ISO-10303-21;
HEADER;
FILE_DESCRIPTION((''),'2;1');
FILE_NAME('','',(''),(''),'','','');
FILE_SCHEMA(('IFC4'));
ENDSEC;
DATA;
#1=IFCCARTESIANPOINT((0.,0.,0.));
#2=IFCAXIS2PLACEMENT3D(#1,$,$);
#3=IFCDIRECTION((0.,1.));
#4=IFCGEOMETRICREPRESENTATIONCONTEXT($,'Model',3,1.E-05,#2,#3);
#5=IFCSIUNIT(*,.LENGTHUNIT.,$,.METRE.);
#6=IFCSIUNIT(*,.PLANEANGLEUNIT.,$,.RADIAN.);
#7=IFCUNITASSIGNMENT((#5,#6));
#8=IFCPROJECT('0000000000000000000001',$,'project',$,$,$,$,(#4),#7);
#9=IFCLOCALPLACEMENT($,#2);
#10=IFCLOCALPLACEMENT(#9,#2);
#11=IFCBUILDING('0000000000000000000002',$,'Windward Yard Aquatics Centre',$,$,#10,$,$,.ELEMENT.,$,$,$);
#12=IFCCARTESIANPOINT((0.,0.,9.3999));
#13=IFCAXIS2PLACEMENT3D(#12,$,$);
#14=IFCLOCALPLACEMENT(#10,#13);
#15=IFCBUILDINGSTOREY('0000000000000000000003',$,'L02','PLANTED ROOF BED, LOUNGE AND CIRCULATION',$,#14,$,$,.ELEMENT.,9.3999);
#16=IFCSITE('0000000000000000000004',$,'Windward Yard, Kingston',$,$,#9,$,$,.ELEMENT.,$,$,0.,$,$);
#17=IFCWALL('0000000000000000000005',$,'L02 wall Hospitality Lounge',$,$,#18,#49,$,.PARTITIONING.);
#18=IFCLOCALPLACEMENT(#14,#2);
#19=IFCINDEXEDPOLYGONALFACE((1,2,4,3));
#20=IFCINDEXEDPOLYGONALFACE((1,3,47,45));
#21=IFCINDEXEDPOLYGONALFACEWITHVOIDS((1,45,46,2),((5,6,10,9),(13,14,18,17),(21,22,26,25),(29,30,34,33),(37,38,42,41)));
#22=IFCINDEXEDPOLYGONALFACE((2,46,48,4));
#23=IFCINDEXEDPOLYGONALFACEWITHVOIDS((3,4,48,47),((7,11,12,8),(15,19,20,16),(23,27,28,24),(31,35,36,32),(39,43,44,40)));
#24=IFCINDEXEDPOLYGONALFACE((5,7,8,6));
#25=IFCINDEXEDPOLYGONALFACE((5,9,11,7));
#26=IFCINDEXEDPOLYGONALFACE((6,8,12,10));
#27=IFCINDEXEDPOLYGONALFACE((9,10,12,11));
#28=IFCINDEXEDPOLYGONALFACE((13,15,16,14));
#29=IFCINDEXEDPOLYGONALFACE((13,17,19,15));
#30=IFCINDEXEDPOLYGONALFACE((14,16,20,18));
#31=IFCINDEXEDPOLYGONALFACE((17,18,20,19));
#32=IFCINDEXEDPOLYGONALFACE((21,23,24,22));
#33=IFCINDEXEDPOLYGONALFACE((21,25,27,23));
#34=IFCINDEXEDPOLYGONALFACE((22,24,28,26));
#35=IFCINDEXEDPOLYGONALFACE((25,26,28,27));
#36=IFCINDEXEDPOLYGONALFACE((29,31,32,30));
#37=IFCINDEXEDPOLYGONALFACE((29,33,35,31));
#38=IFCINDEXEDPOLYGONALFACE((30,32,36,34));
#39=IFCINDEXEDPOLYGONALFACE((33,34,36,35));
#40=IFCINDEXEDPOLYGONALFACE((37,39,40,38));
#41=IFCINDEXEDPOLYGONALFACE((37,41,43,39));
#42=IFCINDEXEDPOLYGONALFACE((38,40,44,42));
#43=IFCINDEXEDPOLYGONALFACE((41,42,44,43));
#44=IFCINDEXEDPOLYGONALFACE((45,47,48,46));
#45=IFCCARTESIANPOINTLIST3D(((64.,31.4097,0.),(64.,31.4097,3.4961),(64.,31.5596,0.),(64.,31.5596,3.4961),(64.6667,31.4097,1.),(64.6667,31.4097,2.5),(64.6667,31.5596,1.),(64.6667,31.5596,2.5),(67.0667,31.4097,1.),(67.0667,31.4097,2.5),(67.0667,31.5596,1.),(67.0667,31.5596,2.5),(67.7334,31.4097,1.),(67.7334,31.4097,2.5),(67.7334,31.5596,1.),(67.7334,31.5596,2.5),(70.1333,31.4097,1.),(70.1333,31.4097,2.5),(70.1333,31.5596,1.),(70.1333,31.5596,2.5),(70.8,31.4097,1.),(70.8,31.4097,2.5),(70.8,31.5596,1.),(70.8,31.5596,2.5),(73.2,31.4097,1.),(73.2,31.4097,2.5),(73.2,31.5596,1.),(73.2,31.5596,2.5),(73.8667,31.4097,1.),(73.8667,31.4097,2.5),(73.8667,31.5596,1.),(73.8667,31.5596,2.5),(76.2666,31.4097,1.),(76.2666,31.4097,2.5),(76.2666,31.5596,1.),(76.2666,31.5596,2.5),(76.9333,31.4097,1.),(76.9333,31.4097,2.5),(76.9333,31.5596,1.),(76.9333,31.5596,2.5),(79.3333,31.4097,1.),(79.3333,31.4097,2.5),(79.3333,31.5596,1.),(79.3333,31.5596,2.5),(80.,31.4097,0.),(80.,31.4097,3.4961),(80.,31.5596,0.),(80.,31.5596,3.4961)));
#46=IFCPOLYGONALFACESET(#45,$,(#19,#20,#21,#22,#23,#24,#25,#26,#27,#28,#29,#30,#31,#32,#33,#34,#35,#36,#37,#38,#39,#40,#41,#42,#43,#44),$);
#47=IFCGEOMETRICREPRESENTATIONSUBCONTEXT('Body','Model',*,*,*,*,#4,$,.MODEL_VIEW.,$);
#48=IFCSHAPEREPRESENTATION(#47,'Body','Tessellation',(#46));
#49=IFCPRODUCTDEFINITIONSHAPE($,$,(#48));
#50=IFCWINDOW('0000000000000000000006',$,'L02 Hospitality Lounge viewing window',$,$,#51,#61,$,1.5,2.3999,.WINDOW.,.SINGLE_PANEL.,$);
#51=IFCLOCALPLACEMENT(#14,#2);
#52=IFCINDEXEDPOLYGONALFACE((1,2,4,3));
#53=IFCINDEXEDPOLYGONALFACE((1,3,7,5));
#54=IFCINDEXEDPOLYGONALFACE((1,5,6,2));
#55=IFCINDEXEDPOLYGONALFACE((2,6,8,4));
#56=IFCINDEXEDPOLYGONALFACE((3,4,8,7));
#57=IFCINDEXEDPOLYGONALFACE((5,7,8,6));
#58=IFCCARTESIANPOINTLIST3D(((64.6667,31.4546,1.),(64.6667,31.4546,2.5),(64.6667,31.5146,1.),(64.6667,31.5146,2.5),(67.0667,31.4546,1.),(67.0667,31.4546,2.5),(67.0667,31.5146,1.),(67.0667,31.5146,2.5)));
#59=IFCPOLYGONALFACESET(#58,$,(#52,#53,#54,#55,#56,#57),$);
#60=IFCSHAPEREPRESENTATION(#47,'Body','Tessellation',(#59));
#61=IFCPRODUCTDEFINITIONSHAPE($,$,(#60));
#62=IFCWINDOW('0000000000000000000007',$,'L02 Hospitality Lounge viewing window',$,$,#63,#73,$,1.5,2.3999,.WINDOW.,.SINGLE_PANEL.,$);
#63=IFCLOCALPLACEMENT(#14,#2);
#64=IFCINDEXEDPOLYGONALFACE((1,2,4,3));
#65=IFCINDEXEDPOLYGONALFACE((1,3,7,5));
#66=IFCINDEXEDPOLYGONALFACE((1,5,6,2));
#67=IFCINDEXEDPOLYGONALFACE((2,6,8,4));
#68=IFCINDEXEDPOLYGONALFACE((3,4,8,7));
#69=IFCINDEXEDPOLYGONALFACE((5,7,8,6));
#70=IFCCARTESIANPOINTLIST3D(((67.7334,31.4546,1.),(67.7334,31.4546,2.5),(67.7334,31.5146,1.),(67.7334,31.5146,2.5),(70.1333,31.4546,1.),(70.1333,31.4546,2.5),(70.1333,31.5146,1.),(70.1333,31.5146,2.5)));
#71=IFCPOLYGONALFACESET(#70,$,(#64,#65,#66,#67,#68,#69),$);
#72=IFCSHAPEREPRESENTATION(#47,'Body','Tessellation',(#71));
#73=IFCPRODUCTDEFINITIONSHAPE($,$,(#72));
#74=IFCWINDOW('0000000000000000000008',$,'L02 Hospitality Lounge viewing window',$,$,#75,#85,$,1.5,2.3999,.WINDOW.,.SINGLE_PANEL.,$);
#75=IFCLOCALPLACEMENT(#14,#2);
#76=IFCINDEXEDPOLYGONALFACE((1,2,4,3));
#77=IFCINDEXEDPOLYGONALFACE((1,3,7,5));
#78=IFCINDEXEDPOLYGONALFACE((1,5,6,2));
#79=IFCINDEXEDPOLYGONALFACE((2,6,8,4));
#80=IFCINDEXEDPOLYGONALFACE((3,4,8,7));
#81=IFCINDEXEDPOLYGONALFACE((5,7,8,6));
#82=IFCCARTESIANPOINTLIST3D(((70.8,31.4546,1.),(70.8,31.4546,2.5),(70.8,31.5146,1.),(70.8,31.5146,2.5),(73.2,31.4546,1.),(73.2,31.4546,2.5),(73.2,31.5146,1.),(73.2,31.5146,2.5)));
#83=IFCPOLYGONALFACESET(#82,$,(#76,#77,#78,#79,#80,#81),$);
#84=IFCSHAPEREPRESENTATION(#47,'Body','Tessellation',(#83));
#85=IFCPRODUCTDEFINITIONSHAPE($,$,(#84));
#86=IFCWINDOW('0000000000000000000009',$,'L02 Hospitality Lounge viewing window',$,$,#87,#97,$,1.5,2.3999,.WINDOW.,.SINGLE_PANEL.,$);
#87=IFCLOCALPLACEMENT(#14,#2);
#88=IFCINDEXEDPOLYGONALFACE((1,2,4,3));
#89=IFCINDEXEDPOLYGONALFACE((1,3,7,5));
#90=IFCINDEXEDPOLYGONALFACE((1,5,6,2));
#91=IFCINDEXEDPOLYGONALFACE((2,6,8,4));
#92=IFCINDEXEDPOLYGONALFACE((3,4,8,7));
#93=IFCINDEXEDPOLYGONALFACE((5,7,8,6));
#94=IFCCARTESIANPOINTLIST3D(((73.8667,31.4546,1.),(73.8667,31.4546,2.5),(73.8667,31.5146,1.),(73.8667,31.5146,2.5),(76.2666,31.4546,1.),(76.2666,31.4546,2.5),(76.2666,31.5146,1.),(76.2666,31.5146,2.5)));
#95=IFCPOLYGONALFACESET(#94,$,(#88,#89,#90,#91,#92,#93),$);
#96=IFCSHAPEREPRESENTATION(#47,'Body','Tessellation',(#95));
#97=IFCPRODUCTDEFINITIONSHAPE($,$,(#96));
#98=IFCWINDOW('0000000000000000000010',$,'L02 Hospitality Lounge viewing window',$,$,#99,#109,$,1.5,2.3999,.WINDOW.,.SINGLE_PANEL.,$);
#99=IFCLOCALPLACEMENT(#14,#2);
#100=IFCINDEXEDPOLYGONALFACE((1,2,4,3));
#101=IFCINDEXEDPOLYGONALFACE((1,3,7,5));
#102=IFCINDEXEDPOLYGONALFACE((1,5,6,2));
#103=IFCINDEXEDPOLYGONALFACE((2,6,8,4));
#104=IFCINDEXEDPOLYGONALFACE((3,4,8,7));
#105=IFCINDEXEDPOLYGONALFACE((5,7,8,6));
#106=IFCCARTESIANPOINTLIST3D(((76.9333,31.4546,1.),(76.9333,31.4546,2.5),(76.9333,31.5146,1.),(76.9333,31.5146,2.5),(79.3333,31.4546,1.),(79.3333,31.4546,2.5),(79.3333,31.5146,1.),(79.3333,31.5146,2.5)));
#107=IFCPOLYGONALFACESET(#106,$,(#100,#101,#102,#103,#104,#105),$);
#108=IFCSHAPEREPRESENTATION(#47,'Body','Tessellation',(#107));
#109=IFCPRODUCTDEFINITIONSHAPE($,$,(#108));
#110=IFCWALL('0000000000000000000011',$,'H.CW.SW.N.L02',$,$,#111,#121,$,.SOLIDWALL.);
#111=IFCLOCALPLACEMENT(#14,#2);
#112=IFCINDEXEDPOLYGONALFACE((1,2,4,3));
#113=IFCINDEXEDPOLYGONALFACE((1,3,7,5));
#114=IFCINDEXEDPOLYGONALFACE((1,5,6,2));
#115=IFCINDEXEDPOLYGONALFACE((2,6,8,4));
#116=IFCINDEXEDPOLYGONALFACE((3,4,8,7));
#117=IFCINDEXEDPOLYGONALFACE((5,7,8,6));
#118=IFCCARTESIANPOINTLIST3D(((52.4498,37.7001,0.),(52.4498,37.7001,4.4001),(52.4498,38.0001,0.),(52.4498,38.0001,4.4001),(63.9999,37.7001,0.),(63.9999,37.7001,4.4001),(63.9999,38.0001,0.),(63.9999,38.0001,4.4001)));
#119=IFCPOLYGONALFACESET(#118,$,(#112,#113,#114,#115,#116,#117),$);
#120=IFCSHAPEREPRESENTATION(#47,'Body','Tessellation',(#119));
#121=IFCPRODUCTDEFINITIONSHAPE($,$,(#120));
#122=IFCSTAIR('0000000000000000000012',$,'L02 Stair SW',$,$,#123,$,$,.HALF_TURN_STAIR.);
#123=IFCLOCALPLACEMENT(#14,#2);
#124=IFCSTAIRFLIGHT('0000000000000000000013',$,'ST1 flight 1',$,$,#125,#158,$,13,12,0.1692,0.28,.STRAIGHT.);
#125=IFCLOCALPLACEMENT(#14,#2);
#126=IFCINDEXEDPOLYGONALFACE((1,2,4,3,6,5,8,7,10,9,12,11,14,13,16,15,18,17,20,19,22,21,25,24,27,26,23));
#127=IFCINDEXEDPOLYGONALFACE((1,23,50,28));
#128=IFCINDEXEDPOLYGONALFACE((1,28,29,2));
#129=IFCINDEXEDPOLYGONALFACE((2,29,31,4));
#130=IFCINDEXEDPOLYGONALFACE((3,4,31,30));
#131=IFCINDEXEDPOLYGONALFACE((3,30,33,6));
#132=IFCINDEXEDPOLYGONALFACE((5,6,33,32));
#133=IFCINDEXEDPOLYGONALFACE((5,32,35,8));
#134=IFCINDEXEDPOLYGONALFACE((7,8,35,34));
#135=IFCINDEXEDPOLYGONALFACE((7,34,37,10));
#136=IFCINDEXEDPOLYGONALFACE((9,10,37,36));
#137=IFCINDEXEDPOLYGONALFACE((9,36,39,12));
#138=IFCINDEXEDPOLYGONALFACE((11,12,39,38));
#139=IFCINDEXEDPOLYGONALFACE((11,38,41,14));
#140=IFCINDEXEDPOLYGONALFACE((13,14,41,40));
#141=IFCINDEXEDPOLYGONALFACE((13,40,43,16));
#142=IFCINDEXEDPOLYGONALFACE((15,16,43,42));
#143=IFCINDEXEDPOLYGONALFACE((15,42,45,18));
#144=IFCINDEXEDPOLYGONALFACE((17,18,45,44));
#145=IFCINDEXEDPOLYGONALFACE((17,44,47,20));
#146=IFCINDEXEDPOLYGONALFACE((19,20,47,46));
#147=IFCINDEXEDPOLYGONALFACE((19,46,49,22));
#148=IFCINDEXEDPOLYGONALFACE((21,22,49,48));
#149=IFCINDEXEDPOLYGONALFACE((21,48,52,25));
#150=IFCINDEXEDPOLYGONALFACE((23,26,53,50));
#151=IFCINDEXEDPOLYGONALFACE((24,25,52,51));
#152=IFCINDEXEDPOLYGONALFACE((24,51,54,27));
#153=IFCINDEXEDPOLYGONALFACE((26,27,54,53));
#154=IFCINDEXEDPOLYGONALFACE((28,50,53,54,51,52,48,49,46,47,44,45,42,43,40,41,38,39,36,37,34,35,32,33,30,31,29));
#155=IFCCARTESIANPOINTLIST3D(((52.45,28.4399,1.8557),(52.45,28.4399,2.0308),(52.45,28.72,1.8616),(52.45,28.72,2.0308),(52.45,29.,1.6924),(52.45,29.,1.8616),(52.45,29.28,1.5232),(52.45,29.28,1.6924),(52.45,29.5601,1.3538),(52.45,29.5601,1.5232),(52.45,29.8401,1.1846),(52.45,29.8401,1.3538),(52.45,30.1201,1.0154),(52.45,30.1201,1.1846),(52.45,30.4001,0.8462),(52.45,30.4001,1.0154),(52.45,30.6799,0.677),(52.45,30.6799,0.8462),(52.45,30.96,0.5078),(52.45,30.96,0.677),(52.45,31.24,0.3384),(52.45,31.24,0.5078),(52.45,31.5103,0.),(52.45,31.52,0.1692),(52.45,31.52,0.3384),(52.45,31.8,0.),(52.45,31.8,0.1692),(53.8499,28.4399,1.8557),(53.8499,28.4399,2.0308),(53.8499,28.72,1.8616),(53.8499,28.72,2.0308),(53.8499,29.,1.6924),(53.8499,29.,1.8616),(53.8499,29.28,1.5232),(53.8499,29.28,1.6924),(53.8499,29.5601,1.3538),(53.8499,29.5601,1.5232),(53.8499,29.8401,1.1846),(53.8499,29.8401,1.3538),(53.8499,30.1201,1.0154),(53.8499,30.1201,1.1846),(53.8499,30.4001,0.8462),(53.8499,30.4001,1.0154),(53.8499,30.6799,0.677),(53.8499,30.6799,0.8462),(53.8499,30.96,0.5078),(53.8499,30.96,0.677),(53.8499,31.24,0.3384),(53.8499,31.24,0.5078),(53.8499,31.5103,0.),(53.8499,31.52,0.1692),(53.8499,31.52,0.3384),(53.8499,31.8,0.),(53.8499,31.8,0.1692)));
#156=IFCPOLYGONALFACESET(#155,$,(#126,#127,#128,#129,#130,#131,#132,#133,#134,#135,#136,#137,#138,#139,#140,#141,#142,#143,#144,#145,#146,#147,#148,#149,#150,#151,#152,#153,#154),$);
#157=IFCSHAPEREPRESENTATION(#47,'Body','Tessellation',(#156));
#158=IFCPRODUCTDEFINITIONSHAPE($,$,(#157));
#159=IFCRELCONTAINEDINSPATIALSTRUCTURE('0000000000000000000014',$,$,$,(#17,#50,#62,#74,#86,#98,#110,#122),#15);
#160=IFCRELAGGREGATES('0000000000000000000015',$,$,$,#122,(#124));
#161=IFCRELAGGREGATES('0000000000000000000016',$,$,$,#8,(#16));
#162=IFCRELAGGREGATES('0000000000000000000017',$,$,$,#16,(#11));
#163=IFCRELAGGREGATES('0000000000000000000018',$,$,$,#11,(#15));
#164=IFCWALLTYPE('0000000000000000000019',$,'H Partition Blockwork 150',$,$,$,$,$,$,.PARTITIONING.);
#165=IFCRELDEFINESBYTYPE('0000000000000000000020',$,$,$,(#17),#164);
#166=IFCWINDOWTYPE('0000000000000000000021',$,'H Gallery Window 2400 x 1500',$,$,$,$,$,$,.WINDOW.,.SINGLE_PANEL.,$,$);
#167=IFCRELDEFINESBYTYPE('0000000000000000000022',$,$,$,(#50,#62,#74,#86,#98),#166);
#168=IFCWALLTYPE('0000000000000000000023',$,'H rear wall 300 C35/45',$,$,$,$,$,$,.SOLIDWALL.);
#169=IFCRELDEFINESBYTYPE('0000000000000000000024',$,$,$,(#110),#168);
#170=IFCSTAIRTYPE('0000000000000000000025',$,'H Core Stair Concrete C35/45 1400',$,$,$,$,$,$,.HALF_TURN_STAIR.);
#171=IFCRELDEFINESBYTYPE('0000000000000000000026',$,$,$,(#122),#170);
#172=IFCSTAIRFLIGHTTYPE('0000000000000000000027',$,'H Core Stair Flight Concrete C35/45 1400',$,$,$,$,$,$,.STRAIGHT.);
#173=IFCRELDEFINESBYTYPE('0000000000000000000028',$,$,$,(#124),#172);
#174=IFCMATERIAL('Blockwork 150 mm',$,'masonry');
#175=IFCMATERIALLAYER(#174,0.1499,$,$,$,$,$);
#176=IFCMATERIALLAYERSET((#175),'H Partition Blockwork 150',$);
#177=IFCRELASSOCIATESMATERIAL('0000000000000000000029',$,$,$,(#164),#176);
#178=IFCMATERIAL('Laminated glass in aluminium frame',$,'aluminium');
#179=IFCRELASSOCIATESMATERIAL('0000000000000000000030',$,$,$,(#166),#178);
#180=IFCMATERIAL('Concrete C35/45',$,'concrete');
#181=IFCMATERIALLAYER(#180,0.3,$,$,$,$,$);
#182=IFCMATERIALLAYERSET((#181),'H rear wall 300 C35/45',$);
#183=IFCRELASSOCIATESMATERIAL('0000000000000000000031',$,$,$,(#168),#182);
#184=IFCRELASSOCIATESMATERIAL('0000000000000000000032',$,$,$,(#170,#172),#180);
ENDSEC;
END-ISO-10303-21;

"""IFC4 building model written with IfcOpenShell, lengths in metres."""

from ifc_helpers import new_model, si_unit, direction, frame, frame_2d, origin, place, context, subcontext, project, spatial, polyline, rectangle, outline, extrude, material, layer, layer_set, type_object, element, fill, aggregate, save


model = new_model("IFC4")

# Units and contexts
model_context = context("Model", 3, precision=1e-05, world=origin(), true_north=direction((0.0, 1.0)))
body_context = subcontext(model_context, "Body", "Model", "MODEL_VIEW")
ifc_project = project(units=[si_unit("LENGTHUNIT", "METRE"), si_unit("PLANEANGLEUNIT", "RADIAN")], contexts=[model_context])

# Site, building, storey
site_placement = place(None, origin())
site = spatial("IfcSite", under=ifc_project, at=site_placement, Name="Windward Yard, Kingston", CompositionType="ELEMENT", RefElevation=0.0)
building_placement = place(site_placement, origin())
building = spatial("IfcBuilding", under=site, at=building_placement, Name="Windward Yard Aquatics Centre", CompositionType="ELEMENT")
storey_placement = place(building_placement, frame((0.0, 0.0, 9.3999)))
storey = spatial("IfcBuildingStorey", under=building, at=storey_placement, Name="L02", Description="PLANTED ROOF BED, LOUNGE AND CIRCULATION", CompositionType="ELEMENT", Elevation=9.3999)

# Shared definitions
ifc_material_1 = material(Name="Concrete C35/45", Category="concrete")
ifc_material_2 = material(Name="Blockwork 150 mm", Category="masonry")
ifc_layer_1 = layer(ifc_material_2, 0.1499)
ifc_layer_set_1 = layer_set([ifc_layer_1], Name="H Partition Blockwork 150")
wall_type_1 = type_object("IfcWallType", Name="H Partition Blockwork 150", PredefinedType="PARTITIONING", material=ifc_layer_set_1)

# Wall, openings, windows
wall_1_placement = place(storey_placement, frame((64.0, 31.4846, 0.0), z_axis=(0.0, 0.0, 1.0), x_axis=(1.0, 0.0, 0.0)))
wall_1 = element("IfcWall", 1, at=wall_1_placement, inside=storey, type_object=wall_type_1, Name="L02 wall Hospitality Lounge", PredefinedType="PARTITIONING", context=body_context, shape_type="SweptSolid", body=[
    extrude(rectangle(XDim=16.0, YDim=0.1499, at=frame_2d((8.0, 0.0))), origin(), (0.0, 0.0, 1.0), 3.4961),
])
opening_1_placement = place(wall_1_placement, frame((0.6667, 0.0, 1.0)))
opening_1 = element("IfcOpeningElement", 2, at=opening_1_placement, cuts=wall_1, PredefinedType="OPENING", context=body_context, shape_type="SweptSolid", body=[
    extrude(rectangle(XDim=2.3999, YDim=1.5, at=frame_2d((1.2, 0.75))), frame((0.0, 0.085, 0.0), z_axis=(0.0, -1.0, 0.0), x_axis=(1.0, 0.0, 0.0)), (0.0, 0.0, 1.0), 0.1699),
])
opening_2_placement = place(wall_1_placement, frame((3.7334, 0.0, 1.0)))
opening_2 = element("IfcOpeningElement", 3, at=opening_2_placement, cuts=wall_1, PredefinedType="OPENING", context=body_context, shape_type="SweptSolid", body=[
    extrude(rectangle(XDim=2.3999, YDim=1.5, at=frame_2d((1.2, 0.75))), frame((0.0, 0.085, 0.0), z_axis=(0.0, -1.0, 0.0), x_axis=(1.0, 0.0, 0.0)), (0.0, 0.0, 1.0), 0.1699),
])
opening_3_placement = place(wall_1_placement, frame((6.8, 0.0, 1.0)))
opening_3 = element("IfcOpeningElement", 4, at=opening_3_placement, cuts=wall_1, PredefinedType="OPENING", context=body_context, shape_type="SweptSolid", body=[
    extrude(rectangle(XDim=2.3999, YDim=1.5, at=frame_2d((1.2, 0.75))), frame((0.0, 0.085, 0.0), z_axis=(0.0, -1.0, 0.0), x_axis=(1.0, 0.0, 0.0)), (0.0, 0.0, 1.0), 0.1699),
])
opening_4_placement = place(wall_1_placement, frame((9.8667, 0.0, 1.0)))
opening_4 = element("IfcOpeningElement", 5, at=opening_4_placement, cuts=wall_1, PredefinedType="OPENING", context=body_context, shape_type="SweptSolid", body=[
    extrude(rectangle(XDim=2.3999, YDim=1.5, at=frame_2d((1.2, 0.75))), frame((0.0, 0.085, 0.0), z_axis=(0.0, -1.0, 0.0), x_axis=(1.0, 0.0, 0.0)), (0.0, 0.0, 1.0), 0.1699),
])
opening_5_placement = place(wall_1_placement, frame((12.9333, 0.0, 1.0)))
opening_5 = element("IfcOpeningElement", 6, at=opening_5_placement, cuts=wall_1, PredefinedType="OPENING", context=body_context, shape_type="SweptSolid", body=[
    extrude(rectangle(XDim=2.3999, YDim=1.5, at=frame_2d((1.2, 0.75))), frame((0.0, 0.085, 0.0), z_axis=(0.0, -1.0, 0.0), x_axis=(1.0, 0.0, 0.0)), (0.0, 0.0, 1.0), 0.1699),
])
ifc_material_3 = material(Name="Laminated glass in aluminium frame", Category="aluminium")
window_type = type_object("IfcWindowType", Name="H Gallery Window 2400 x 1500", PartitioningType="SINGLE_PANEL", PredefinedType="WINDOW", material=ifc_material_3)
window_1_placement = place(opening_1_placement, origin())
window_1 = element("IfcWindow", 7, at=window_1_placement, inside=storey, type_object=window_type, Name="L02 Hospitality Lounge viewing window", OverallHeight=1.5, OverallWidth=2.3999, PartitioningType="SINGLE_PANEL", PredefinedType="WINDOW", context=body_context, shape_type="SweptSolid", body=[
    extrude(rectangle(XDim=2.3999, YDim=1.5, at=frame_2d((1.2, 0.75))), frame((0.0, 0.03, 0.0), z_axis=(0.0, -1.0, 0.0), x_axis=(1.0, 0.0, 0.0)), (0.0, 0.0, 1.0), 0.0601),
])
fill(opening_1, window_1)
window_2_placement = place(opening_2_placement, origin())
window_2 = element("IfcWindow", 8, at=window_2_placement, inside=storey, type_object=window_type, Name="L02 Hospitality Lounge viewing window", OverallHeight=1.5, OverallWidth=2.3999, PartitioningType="SINGLE_PANEL", PredefinedType="WINDOW", context=body_context, shape_type="SweptSolid", body=[
    extrude(rectangle(XDim=2.3999, YDim=1.5, at=frame_2d((1.2, 0.75))), frame((0.0, 0.03, 0.0), z_axis=(0.0, -1.0, 0.0), x_axis=(1.0, 0.0, 0.0)), (0.0, 0.0, 1.0), 0.0601),
])
fill(opening_2, window_2)
window_3_placement = place(opening_3_placement, origin())
window_3 = element("IfcWindow", 9, at=window_3_placement, inside=storey, type_object=window_type, Name="L02 Hospitality Lounge viewing window", OverallHeight=1.5, OverallWidth=2.3999, PartitioningType="SINGLE_PANEL", PredefinedType="WINDOW", context=body_context, shape_type="SweptSolid", body=[
    extrude(rectangle(XDim=2.3999, YDim=1.5, at=frame_2d((1.2, 0.75))), frame((0.0, 0.03, 0.0), z_axis=(0.0, -1.0, 0.0), x_axis=(1.0, 0.0, 0.0)), (0.0, 0.0, 1.0), 0.0601),
])
fill(opening_3, window_3)
window_4_placement = place(opening_4_placement, origin())
window_4 = element("IfcWindow", 10, at=window_4_placement, inside=storey, type_object=window_type, Name="L02 Hospitality Lounge viewing window", OverallHeight=1.5, OverallWidth=2.3999, PartitioningType="SINGLE_PANEL", PredefinedType="WINDOW", context=body_context, shape_type="SweptSolid", body=[
    extrude(rectangle(XDim=2.3999, YDim=1.5, at=frame_2d((1.2, 0.75))), frame((0.0, 0.03, 0.0), z_axis=(0.0, -1.0, 0.0), x_axis=(1.0, 0.0, 0.0)), (0.0, 0.0, 1.0), 0.0601),
])
fill(opening_4, window_4)
window_5_placement = place(opening_5_placement, origin())
window_5 = element("IfcWindow", 11, at=window_5_placement, inside=storey, type_object=window_type, Name="L02 Hospitality Lounge viewing window", OverallHeight=1.5, OverallWidth=2.3999, PartitioningType="SINGLE_PANEL", PredefinedType="WINDOW", context=body_context, shape_type="SweptSolid", body=[
    extrude(rectangle(XDim=2.3999, YDim=1.5, at=frame_2d((1.2, 0.75))), frame((0.0, 0.03, 0.0), z_axis=(0.0, -1.0, 0.0), x_axis=(1.0, 0.0, 0.0)), (0.0, 0.0, 1.0), 0.0601),
])
fill(opening_5, window_5)

# Wall
ifc_layer_2 = layer(ifc_material_1, 0.3)
ifc_layer_set_2 = layer_set([ifc_layer_2], Name="H rear wall 300 C35/45")
wall_type_2 = type_object("IfcWallType", Name="H rear wall 300 C35/45", PredefinedType="SOLIDWALL", material=ifc_layer_set_2)
wall_2_placement = place(storey_placement, frame((52.45, 37.8501, 0.0), z_axis=(0.0, 0.0, 1.0), x_axis=(1.0, 0.0, 0.0)))
element("IfcWall", 12, at=wall_2_placement, inside=storey, type_object=wall_type_2, Name="H.CW.SW.N.L02", PredefinedType="SOLIDWALL", context=body_context, shape_type="SweptSolid", body=[
    extrude(rectangle(XDim=11.55, YDim=0.3, at=frame_2d((5.7749, 0.0))), origin(), (0.0, 0.0, 1.0), 4.4001),
])

# Stair, stair flight
stair_type = type_object("IfcStairType", Name="H Core Stair Concrete C35/45 1400", PredefinedType="HALF_TURN_STAIR", material=ifc_material_1)
stair_placement = place(storey_placement, origin())
stair = element("IfcStair", 13, at=stair_placement, inside=storey, type_object=stair_type, Name="L02 Stair SW", PredefinedType="HALF_TURN_STAIR")
stair_flight_type = type_object("IfcStairFlightType", Name="H Core Stair Flight Concrete C35/45 1400", PredefinedType="STRAIGHT", material=ifc_material_1)
stair_flight_placement = place(storey_placement, frame((53.1499, 31.8, 0.0), z_axis=(0.0, 0.0, 1.0), x_axis=(0.0, -1.0, 0.0)))
stair_flight = element("IfcStairFlight", 14, at=stair_flight_placement, type_object=stair_flight_type, Name="ST1 flight 1", NumberOfRisers=13, NumberOfTreads=12, PredefinedType="STRAIGHT", RiserHeight=0.1692, TreadLength=0.28, context=body_context, shape_type="SweptSolid", body=[
    extrude(outline(polyline([(0.0, 0.0), (0.0, 0.1692), (0.28, 0.1692), (0.28, 0.3384), (0.5601, 0.3384), (0.5601, 0.5078), (0.8401, 0.5078), (0.8401, 0.677), (1.1201, 0.677), (1.1201, 0.8462), (1.3999, 0.8462), (1.3999, 1.0154), (1.6799, 1.0154), (1.6799, 1.1846), (1.96, 1.1846), (1.96, 1.3538), (2.24, 1.3538), (2.24, 1.5232), (2.52, 1.5232), (2.52, 1.6924), (2.8, 1.6924), (2.8, 1.8616), (3.0801, 1.8616), (3.0801, 2.0308), (3.3601, 2.0308), (3.3601, 2.2), (3.3601, 1.8557), (0.2898, 0.0), (0.0, 0.0)])), frame((0.0, 0.7, 0.0), z_axis=(0.0, -1.0, 0.0), x_axis=(1.0, 0.0, 0.0)), (0.0, 0.0, 1.0), 1.3999),
])
aggregate(stair, [stair_flight])

save(model, "model.ifc")
